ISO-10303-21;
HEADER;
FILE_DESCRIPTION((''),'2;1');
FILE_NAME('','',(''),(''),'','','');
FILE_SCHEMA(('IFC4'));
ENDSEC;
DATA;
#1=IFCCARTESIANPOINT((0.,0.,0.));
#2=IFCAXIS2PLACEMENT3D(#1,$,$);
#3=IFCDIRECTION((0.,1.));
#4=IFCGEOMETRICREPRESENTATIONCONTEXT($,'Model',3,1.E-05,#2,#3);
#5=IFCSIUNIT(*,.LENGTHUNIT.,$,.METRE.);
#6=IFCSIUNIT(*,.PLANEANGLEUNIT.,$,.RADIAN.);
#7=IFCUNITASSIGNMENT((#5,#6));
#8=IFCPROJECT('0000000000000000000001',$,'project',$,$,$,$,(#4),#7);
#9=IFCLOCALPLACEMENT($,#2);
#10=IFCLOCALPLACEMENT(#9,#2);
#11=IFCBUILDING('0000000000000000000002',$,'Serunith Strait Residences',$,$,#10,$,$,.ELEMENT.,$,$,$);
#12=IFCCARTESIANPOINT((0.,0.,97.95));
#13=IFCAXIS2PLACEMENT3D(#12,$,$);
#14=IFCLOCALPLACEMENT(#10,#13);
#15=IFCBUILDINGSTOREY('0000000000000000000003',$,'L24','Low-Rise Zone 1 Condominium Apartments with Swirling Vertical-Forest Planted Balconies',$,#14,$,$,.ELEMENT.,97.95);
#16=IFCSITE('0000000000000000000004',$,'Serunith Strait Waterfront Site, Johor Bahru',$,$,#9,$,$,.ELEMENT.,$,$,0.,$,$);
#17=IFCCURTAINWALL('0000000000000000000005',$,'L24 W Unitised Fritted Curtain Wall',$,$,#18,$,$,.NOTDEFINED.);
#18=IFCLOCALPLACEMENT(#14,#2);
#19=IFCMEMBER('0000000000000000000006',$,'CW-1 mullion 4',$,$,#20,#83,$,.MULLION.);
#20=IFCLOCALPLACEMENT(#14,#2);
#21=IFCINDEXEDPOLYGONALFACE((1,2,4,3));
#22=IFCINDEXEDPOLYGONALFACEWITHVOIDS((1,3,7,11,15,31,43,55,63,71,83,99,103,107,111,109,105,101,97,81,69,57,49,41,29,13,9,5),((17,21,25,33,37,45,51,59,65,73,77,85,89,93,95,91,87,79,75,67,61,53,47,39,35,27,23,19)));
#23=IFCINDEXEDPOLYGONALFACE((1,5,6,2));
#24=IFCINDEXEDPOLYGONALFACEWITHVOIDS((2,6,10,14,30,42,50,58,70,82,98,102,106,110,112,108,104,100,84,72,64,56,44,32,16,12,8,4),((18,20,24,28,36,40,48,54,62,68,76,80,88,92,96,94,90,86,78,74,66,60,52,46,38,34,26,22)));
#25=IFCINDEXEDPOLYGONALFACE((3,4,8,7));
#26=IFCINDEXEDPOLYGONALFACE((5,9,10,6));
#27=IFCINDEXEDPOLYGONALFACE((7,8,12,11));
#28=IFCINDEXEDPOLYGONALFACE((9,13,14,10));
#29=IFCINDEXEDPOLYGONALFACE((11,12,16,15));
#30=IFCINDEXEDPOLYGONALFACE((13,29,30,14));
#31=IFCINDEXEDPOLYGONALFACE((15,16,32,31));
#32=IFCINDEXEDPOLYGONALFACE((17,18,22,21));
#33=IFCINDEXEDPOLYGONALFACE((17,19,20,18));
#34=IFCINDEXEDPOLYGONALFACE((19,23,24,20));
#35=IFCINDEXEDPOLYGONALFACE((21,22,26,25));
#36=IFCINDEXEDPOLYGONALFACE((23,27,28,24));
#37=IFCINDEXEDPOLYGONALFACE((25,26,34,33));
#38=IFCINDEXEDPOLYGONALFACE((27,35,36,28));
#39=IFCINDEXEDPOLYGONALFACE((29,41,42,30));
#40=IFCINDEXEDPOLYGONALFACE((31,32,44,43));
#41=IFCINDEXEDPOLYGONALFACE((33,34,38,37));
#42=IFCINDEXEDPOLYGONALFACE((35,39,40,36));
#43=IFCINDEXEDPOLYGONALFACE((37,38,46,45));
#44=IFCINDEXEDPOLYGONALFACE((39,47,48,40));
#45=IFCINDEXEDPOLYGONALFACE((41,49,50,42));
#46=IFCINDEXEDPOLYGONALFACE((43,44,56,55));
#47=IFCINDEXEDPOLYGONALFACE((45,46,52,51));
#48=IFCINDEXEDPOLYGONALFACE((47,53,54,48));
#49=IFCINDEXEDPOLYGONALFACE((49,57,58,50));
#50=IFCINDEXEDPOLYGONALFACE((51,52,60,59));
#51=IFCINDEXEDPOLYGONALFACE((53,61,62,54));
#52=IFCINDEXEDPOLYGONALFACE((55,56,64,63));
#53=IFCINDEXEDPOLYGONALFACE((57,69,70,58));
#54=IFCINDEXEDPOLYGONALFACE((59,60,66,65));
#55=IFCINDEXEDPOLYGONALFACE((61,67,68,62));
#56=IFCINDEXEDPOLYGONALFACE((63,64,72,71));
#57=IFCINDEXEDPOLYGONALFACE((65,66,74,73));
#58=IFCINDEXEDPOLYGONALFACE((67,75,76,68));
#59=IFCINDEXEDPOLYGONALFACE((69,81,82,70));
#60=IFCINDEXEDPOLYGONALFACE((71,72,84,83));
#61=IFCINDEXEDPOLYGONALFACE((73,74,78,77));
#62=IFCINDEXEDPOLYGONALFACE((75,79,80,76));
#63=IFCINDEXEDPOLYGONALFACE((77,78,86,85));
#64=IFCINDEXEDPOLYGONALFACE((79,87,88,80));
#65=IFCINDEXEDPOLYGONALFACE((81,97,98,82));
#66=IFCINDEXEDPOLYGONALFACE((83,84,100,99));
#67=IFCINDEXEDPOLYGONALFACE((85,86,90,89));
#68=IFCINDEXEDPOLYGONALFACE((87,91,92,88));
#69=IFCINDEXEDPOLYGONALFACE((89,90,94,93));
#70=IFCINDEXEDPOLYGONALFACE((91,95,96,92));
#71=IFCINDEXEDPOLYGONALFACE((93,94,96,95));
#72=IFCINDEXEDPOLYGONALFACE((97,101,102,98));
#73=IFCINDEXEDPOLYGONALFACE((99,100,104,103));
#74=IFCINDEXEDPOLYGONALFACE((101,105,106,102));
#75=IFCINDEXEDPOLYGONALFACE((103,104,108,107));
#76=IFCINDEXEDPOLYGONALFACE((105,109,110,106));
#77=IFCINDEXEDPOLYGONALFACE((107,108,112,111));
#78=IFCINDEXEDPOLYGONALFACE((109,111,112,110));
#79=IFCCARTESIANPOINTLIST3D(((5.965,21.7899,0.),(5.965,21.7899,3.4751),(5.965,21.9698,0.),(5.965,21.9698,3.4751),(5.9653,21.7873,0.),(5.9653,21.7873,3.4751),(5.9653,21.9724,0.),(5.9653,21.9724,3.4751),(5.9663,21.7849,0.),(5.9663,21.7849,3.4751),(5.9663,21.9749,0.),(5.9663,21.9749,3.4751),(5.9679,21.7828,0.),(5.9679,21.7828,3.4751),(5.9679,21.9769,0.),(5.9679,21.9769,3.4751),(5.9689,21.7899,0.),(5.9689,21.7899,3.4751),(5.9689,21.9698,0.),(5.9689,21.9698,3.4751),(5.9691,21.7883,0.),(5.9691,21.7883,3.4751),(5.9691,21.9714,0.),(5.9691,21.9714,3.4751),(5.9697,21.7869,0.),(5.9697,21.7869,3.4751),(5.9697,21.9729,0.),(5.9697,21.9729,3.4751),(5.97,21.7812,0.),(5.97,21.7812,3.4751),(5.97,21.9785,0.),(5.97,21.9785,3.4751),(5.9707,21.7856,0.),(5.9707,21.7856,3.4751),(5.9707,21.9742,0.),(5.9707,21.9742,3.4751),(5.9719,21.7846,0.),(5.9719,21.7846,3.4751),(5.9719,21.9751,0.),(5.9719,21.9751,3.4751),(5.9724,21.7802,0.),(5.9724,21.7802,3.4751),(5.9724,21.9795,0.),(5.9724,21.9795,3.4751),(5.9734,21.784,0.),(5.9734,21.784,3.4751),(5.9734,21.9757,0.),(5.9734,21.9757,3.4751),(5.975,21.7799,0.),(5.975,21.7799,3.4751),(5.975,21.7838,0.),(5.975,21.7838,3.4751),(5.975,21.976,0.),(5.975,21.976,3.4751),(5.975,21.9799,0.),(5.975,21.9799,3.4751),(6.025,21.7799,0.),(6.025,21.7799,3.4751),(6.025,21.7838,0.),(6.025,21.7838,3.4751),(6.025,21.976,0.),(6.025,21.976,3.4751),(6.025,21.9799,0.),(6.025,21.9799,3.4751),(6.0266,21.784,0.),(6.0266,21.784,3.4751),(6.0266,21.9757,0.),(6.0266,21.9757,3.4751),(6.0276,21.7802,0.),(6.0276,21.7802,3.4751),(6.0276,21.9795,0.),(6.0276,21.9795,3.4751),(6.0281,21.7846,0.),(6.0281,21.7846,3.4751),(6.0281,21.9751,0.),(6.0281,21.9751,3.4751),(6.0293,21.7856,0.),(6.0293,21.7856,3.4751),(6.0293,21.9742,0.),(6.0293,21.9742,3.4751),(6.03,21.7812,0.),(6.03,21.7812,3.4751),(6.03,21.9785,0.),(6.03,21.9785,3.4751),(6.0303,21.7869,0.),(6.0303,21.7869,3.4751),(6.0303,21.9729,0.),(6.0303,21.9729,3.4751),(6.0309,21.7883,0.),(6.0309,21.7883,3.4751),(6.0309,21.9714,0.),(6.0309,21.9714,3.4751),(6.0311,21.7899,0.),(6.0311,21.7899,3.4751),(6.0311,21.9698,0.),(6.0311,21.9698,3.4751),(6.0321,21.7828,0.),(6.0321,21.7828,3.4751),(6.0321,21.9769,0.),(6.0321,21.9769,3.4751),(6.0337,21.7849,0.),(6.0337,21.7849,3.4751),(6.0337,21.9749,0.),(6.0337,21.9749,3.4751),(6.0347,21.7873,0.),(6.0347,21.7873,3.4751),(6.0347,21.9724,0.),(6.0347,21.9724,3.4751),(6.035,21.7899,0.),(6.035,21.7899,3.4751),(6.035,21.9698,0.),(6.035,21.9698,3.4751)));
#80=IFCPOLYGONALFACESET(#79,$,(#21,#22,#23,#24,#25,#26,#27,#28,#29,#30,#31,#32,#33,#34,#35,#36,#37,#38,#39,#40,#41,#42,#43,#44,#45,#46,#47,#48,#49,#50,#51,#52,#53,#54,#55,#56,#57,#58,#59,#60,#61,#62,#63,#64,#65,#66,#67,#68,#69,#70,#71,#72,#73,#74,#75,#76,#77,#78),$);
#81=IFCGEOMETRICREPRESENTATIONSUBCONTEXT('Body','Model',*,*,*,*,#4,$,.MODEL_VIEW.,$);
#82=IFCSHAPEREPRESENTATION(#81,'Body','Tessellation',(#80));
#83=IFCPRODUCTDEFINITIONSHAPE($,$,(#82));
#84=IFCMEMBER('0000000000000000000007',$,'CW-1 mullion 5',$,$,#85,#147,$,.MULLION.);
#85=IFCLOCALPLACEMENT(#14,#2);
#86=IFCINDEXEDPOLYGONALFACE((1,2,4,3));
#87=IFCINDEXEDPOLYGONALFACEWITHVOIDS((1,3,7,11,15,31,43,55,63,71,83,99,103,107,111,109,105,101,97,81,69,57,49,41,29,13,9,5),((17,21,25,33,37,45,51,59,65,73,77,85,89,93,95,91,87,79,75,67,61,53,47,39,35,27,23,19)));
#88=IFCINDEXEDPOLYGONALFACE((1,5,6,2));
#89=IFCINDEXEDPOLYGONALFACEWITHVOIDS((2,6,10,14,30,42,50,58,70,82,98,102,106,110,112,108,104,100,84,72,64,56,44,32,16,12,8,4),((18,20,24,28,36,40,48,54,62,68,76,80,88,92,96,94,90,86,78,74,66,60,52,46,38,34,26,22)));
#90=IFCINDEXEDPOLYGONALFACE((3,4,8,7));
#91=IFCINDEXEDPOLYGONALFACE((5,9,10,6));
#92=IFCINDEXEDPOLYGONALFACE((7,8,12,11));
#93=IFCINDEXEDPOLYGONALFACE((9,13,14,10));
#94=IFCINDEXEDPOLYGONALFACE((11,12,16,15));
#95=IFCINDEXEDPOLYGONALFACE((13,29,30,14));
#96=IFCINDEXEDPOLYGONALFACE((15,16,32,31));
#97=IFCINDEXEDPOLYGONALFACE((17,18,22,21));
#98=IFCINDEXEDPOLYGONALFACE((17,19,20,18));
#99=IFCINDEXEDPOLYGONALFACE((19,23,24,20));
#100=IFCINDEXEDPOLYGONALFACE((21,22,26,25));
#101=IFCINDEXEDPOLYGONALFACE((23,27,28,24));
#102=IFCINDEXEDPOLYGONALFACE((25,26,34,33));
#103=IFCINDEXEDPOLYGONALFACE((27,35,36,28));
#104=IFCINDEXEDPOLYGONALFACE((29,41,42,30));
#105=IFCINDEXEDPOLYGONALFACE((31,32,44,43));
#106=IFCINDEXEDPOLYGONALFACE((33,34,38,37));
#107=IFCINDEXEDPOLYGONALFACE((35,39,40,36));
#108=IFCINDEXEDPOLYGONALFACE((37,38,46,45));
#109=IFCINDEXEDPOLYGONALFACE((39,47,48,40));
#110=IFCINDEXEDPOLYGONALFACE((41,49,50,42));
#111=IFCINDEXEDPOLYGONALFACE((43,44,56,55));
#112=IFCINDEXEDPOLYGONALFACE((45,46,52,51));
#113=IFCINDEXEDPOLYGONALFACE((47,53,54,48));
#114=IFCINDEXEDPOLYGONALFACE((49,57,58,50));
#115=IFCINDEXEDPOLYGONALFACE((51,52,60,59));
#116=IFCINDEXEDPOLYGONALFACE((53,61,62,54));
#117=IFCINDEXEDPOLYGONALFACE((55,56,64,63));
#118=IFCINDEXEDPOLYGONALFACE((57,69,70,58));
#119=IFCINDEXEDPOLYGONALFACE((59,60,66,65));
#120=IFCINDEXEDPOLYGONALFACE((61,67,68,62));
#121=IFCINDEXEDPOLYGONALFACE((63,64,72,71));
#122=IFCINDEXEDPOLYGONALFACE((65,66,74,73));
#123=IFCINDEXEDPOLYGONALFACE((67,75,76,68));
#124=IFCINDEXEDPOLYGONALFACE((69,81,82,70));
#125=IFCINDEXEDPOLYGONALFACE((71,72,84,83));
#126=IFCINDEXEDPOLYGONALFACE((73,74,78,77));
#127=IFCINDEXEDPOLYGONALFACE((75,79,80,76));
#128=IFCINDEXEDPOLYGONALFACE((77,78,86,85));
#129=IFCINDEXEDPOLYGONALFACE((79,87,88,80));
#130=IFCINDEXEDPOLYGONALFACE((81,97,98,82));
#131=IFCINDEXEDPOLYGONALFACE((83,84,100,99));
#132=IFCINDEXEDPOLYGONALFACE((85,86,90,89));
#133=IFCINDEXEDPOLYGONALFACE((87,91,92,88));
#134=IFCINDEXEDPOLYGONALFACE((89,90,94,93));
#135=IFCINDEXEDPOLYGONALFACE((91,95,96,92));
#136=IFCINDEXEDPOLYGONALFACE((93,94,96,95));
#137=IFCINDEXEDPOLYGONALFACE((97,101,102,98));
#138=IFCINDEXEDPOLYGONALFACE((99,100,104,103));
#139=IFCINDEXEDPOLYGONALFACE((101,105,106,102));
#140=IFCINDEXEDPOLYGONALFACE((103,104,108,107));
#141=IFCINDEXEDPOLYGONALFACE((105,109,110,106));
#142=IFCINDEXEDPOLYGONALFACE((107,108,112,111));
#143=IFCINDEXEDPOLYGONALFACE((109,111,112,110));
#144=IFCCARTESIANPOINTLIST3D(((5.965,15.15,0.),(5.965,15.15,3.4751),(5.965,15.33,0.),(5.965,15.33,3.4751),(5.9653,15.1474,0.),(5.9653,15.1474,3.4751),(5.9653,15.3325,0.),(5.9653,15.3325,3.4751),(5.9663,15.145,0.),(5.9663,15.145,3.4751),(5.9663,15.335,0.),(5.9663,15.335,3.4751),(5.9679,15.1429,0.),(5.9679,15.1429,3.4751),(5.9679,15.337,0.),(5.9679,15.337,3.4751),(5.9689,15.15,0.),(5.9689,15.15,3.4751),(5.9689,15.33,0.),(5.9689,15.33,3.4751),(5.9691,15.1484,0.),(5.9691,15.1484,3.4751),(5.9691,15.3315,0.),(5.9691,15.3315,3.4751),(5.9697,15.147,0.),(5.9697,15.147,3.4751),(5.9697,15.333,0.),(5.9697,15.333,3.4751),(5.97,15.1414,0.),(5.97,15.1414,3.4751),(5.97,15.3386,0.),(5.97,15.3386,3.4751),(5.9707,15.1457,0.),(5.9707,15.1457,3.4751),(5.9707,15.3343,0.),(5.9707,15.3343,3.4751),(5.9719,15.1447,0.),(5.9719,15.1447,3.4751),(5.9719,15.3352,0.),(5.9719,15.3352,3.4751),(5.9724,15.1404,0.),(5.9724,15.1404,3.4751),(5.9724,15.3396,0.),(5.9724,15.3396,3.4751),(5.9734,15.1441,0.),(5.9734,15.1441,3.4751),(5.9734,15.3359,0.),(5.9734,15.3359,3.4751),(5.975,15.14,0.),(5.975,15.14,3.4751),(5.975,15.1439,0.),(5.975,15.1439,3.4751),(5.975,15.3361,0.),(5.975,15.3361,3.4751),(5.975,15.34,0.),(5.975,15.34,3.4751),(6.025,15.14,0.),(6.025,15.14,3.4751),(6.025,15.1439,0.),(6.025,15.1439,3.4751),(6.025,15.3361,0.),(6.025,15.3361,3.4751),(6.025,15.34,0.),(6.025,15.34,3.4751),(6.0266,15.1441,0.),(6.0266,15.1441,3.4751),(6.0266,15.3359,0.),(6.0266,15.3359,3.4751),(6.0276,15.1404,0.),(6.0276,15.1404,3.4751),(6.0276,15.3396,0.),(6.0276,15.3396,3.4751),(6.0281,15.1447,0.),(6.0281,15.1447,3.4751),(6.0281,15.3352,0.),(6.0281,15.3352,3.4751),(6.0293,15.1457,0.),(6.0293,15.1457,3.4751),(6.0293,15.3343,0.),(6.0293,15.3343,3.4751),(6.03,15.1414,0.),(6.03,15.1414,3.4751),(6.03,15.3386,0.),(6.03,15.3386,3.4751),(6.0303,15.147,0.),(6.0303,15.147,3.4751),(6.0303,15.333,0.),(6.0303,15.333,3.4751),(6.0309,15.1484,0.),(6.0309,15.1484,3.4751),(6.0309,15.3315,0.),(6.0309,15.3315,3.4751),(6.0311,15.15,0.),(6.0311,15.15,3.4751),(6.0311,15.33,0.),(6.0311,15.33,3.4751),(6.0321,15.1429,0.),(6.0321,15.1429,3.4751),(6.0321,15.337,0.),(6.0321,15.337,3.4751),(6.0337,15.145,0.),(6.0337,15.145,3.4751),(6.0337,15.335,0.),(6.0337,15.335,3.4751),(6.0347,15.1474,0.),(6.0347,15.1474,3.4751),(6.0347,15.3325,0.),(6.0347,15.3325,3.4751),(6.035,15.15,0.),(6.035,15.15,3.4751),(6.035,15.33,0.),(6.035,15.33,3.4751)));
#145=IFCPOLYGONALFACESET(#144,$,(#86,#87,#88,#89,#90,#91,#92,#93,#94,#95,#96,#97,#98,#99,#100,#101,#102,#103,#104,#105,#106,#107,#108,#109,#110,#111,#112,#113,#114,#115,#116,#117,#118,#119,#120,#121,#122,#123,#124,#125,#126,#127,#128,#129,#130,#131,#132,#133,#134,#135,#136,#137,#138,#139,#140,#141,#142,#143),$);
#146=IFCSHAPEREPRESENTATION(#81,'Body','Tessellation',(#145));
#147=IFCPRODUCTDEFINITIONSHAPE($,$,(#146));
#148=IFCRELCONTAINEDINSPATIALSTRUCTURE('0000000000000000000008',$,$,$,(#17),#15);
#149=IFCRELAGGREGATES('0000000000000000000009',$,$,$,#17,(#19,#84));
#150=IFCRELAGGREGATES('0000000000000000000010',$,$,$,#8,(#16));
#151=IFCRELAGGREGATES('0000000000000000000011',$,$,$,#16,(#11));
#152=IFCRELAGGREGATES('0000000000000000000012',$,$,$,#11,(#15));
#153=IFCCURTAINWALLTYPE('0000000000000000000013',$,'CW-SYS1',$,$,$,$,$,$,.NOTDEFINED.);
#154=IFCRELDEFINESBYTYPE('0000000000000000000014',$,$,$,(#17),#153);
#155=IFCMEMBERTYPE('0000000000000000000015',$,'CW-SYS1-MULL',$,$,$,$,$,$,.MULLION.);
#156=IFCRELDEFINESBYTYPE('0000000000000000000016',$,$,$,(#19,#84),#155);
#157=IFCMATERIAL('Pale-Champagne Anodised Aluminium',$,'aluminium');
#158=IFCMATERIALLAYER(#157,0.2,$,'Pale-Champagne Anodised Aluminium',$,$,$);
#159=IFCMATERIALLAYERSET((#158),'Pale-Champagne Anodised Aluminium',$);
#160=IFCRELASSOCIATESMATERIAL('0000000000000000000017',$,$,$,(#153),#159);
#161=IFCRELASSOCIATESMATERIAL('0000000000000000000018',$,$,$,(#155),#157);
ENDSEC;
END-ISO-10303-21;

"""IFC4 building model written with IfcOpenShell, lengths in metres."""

from ifc_helpers import new_model, si_unit, direction, frame, origin, origin_2d, place, context, subcontext, project, spatial, hollow_rectangle, extrude, source, transform, mapped, material, layer, layer_set, material_profile, profile_set, type_object, element, aggregate, save


model = new_model("IFC4")

# Units and contexts
model_context = context("Model", 3, precision=1e-05, world=origin(), true_north=direction((0.0, 1.0)))
body_context = subcontext(model_context, "Body", "Model", "MODEL_VIEW")
ifc_project = project(units=[si_unit("LENGTHUNIT", "METRE"), si_unit("PLANEANGLEUNIT", "RADIAN")], contexts=[model_context])

# Site, building, storey
site_placement = place(None, origin())
site = spatial("IfcSite", under=ifc_project, at=site_placement, Name="Serunith Strait Waterfront Site, Johor Bahru", CompositionType="ELEMENT", RefElevation=0.0)
building_placement = place(site_placement, origin())
building = spatial("IfcBuilding", under=site, at=building_placement, Name="Serunith Strait Residences", CompositionType="ELEMENT")
storey_placement = place(building_placement, frame((0.0, 0.0, 97.95)))
storey = spatial("IfcBuildingStorey", under=building, at=storey_placement, Name="L24", Description="Low-Rise Zone 1 Condominium Apartments with Swirling Vertical-Forest Planted Balconies", CompositionType="ELEMENT", Elevation=97.95)

# Curtain wall, members
ifc_material_1 = material(Name="Pale-Champagne Anodised Aluminium", Category="aluminium")
ifc_layer_1 = layer(ifc_material_1, 0.2, Name="Pale-Champagne Anodised Aluminium")
ifc_layer_set_1 = layer_set([ifc_layer_1], Name="Pale-Champagne Anodised Aluminium")
curtain_wall_type = type_object("IfcCurtainWallType", Name="CW-SYS1", PredefinedType="NOTDEFINED", material=ifc_layer_set_1)
curtain_wall_placement = place(storey_placement, origin())
curtain_wall = element("IfcCurtainWall", 1, at=curtain_wall_placement, inside=storey, type_object=curtain_wall_type, Name="L24 W Unitised Fritted Curtain Wall", PredefinedType="NOTDEFINED")
ifc_material_profile_1 = material_profile(ifc_material_1, hollow_rectangle(XDim=0.0701, YDim=0.2, WallThickness=0.0039, InnerFilletRadius=0.0061, OuterFilletRadius=0.01, at=origin_2d()), Name="ALU 200x70x4")
ifc_profile_set_1 = profile_set([ifc_material_profile_1], Name="Pale-Champagne Anodised Aluminium")
member_type_1 = type_object("IfcMemberType", Name="CW-SYS1-MULL", PredefinedType="MULLION", material=ifc_profile_set_1)
shared_shape_1 = source(origin(), body_context, "Body", "SweptSolid", [
    extrude(hollow_rectangle(XDim=0.0701, YDim=0.2, WallThickness=0.0039, InnerFilletRadius=0.0061, OuterFilletRadius=0.01, at=origin_2d()), origin(), (0.0, 0.0, 1.0), 3.4751),
])
member_1_placement = place(storey_placement, frame((6.0, 21.8799, 0.0), z_axis=(0.0, 0.0, 1.0), x_axis=(1.0, 0.0, 0.0)))
member_1 = element("IfcMember", 2, at=member_1_placement, type_object=member_type_1, Name="CW-1 mullion 4", PredefinedType="MULLION", context=body_context, shape_type="MappedRepresentation", body=[
    mapped(shared_shape_1, transform((0.0, 0.0, 0.0), scale=1.0)),
])
member_2_placement = place(storey_placement, frame((6.0, 15.24, 0.0), z_axis=(0.0, 0.0, 1.0), x_axis=(1.0, 0.0, 0.0)))
member_2 = element("IfcMember", 3, at=member_2_placement, type_object=member_type_1, Name="CW-1 mullion 5", PredefinedType="MULLION", context=body_context, shape_type="MappedRepresentation", body=[
    mapped(shared_shape_1, transform((0.0, 0.0, 0.0), scale=1.0)),
])
aggregate(curtain_wall, [member_1, member_2])

save(model, "model.ifc")
